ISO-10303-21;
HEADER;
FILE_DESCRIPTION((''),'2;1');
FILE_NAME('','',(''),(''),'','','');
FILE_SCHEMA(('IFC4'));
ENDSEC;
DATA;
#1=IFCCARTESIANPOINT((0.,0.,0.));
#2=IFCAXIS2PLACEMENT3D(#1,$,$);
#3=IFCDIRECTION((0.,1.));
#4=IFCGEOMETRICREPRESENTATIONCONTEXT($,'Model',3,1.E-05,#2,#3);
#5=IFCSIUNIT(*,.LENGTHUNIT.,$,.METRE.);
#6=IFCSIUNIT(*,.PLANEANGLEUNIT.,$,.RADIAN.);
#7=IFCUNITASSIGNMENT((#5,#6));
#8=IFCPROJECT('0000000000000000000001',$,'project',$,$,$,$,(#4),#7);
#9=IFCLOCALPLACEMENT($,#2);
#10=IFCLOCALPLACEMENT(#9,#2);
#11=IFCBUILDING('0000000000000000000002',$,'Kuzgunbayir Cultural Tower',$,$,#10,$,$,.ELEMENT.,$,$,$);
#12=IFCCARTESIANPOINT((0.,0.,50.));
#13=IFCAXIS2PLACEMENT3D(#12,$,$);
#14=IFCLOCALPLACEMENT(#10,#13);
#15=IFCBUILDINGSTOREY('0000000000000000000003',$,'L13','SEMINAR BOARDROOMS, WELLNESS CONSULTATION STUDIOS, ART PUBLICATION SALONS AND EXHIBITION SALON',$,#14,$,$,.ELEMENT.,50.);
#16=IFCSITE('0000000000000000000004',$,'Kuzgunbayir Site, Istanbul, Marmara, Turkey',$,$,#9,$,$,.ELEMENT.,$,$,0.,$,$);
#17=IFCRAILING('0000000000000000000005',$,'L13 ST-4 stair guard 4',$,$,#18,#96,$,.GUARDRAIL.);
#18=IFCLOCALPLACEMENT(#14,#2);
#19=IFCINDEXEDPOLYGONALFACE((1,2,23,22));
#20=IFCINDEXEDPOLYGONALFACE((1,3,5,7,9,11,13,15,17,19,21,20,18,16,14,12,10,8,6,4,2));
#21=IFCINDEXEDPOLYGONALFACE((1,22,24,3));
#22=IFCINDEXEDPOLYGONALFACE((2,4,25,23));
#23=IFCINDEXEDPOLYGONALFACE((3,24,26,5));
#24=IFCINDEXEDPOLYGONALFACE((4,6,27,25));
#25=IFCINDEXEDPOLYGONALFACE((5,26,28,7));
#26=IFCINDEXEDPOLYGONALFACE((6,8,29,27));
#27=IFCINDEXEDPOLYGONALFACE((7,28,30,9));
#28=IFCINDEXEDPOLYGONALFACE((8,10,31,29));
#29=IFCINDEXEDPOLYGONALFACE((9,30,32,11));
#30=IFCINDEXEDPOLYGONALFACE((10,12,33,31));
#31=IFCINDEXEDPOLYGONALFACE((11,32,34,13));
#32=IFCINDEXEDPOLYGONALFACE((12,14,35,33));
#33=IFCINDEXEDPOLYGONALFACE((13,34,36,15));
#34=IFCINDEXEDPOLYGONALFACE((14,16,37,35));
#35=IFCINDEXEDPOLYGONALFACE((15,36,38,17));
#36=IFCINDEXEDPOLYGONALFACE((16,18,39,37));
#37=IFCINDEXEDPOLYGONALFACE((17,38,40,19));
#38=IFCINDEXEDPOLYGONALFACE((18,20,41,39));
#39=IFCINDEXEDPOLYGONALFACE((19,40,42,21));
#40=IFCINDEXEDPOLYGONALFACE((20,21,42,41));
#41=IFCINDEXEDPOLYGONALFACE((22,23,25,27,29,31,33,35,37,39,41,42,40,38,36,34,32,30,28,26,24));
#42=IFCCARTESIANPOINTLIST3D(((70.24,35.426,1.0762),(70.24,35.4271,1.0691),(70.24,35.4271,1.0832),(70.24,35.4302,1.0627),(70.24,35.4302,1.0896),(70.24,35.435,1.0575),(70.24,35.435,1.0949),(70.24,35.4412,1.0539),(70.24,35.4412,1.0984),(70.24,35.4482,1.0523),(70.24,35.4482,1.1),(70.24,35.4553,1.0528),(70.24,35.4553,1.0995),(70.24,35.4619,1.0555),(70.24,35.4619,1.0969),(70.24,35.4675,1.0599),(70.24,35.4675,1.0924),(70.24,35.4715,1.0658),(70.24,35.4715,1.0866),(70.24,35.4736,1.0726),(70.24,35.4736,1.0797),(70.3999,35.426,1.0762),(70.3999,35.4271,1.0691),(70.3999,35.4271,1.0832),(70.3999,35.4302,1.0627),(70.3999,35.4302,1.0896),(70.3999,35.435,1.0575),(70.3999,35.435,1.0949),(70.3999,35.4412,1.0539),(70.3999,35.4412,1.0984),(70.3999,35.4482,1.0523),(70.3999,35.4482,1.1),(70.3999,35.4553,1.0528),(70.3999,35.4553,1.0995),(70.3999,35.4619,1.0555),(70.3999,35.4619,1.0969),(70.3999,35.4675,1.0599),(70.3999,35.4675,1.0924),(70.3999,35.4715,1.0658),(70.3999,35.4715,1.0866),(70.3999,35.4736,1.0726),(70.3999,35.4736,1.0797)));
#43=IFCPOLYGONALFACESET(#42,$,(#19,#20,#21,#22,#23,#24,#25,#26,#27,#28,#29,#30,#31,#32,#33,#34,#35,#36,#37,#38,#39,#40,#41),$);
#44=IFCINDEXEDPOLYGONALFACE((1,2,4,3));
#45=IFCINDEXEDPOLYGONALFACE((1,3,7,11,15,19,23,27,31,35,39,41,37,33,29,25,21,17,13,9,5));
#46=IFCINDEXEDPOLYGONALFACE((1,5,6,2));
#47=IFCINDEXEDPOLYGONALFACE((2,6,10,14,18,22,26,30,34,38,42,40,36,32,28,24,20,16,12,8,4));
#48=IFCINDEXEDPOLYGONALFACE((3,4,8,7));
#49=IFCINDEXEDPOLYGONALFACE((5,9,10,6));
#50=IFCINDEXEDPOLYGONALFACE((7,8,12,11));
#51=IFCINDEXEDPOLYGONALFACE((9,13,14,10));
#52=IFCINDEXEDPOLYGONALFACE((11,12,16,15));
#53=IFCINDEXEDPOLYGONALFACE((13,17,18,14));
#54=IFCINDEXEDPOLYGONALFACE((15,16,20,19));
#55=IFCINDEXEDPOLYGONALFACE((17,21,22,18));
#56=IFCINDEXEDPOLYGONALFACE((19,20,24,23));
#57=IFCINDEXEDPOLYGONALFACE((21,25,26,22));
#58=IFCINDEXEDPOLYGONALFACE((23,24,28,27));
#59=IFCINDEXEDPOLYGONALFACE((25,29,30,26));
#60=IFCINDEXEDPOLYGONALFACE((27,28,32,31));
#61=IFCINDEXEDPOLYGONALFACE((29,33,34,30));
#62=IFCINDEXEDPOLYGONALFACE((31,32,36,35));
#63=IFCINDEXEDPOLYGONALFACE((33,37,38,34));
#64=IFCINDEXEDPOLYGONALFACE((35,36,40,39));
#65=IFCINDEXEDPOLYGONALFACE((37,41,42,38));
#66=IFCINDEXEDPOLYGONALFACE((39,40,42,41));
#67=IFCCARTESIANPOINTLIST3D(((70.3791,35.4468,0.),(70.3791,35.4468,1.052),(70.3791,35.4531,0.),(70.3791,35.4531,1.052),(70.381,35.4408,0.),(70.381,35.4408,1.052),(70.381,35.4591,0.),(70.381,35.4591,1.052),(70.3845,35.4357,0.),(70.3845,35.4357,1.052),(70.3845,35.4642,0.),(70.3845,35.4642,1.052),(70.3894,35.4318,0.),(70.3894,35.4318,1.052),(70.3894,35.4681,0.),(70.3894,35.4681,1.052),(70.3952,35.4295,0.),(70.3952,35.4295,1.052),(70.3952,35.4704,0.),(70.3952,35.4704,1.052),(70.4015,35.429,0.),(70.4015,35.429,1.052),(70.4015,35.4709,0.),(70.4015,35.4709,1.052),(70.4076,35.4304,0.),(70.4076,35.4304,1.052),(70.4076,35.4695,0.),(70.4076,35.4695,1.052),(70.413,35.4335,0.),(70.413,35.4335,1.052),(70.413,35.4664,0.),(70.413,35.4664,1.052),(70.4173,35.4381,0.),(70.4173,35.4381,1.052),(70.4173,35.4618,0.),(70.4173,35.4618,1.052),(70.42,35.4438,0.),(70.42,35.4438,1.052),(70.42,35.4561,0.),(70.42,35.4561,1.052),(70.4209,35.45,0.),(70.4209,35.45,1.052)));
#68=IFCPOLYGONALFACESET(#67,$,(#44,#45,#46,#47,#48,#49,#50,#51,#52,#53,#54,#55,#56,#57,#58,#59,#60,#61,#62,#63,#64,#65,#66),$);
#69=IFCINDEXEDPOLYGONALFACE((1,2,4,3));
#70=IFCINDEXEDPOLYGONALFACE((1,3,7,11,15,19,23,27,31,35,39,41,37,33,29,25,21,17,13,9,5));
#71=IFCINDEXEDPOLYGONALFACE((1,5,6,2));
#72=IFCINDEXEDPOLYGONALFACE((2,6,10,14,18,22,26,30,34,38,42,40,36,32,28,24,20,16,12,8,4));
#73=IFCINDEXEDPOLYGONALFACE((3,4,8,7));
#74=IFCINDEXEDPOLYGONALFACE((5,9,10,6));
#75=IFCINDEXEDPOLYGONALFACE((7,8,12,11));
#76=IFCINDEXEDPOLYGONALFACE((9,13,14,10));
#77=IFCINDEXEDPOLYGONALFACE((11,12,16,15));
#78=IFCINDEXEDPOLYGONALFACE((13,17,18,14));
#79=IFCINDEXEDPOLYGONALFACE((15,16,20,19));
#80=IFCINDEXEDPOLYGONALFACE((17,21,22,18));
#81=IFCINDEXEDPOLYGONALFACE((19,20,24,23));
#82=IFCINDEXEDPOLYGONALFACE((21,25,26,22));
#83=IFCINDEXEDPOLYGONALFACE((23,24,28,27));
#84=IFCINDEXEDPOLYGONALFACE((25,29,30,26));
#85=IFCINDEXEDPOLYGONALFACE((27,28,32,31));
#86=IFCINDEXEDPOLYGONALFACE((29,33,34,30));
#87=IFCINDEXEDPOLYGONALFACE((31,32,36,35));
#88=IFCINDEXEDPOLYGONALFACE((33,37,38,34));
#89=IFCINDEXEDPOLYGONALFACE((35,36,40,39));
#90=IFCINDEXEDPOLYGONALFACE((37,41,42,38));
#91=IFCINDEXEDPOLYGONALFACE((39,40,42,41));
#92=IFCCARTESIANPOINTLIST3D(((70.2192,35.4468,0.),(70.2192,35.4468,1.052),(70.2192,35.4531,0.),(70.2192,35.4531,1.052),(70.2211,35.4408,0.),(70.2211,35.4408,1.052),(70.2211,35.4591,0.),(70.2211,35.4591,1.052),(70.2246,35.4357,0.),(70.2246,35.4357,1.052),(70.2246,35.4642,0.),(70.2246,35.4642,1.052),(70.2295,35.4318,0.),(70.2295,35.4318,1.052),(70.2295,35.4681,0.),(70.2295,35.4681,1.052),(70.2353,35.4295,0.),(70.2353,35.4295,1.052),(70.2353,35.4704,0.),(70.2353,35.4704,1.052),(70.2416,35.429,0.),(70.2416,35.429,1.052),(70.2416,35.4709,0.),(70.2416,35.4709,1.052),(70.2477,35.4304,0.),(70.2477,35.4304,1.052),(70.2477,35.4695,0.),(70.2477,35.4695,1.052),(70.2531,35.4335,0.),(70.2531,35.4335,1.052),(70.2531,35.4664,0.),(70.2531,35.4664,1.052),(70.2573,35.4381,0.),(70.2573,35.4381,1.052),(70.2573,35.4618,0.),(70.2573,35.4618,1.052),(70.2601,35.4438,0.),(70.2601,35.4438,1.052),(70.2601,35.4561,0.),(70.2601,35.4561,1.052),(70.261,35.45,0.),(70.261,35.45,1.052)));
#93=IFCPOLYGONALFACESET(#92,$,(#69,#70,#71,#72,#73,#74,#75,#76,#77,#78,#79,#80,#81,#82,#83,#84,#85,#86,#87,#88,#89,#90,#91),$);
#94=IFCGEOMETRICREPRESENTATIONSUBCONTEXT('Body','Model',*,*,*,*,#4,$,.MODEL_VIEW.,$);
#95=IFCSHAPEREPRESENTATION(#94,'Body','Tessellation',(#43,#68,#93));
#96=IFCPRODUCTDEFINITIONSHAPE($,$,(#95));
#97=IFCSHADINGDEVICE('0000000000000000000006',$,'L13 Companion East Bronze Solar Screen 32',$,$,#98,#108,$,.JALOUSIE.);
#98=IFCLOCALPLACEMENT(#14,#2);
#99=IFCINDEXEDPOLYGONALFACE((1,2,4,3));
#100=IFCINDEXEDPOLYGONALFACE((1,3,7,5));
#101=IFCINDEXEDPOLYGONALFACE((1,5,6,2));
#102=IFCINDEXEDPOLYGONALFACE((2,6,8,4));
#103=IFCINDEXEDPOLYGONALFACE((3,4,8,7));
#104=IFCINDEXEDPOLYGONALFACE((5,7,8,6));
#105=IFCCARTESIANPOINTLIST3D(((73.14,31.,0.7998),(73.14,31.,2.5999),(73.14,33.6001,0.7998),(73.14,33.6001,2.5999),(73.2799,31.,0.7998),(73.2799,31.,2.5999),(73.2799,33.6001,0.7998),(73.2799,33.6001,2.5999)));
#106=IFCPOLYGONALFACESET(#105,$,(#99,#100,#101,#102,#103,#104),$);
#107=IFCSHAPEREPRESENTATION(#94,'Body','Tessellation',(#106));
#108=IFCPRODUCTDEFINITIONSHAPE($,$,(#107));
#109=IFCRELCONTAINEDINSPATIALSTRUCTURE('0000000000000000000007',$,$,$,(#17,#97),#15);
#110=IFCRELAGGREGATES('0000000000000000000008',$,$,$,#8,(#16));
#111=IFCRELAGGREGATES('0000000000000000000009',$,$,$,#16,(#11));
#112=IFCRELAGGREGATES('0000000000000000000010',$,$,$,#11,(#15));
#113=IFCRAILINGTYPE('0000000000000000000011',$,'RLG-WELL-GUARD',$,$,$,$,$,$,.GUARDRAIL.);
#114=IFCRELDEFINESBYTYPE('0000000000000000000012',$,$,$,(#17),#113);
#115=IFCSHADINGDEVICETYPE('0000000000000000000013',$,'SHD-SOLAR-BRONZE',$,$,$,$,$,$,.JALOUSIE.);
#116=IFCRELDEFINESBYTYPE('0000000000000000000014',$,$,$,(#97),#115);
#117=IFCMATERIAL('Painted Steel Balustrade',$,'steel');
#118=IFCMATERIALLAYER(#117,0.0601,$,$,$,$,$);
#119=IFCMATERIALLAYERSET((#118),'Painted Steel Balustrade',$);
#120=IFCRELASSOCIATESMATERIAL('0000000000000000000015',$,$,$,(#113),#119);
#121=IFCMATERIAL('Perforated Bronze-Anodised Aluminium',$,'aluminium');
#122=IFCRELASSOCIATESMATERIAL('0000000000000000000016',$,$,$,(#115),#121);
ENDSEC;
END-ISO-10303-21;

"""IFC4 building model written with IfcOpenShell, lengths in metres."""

from ifc_helpers import new_model, si_unit, direction, frame, origin, origin_2d, place, context, subcontext, project, spatial, rectangle, circle, extrude, material, layer, layer_set, type_object, element, save


model = new_model("IFC4")

# Units and contexts
model_context = context("Model", 3, precision=1e-05, world=origin(), true_north=direction((0.0, 1.0)))
body_context = subcontext(model_context, "Body", "Model", "MODEL_VIEW")
ifc_project = project(units=[si_unit("LENGTHUNIT", "METRE"), si_unit("PLANEANGLEUNIT", "RADIAN")], contexts=[model_context])

# Site, building, storey
site_placement = place(None, origin())
site = spatial("IfcSite", under=ifc_project, at=site_placement, Name="Kuzgunbayir Site, Istanbul, Marmara, Turkey", CompositionType="ELEMENT", RefElevation=0.0)
building_placement = place(site_placement, origin())
building = spatial("IfcBuilding", under=site, at=building_placement, Name="Kuzgunbayir Cultural Tower", CompositionType="ELEMENT")
storey_placement = place(building_placement, frame((0.0, 0.0, 50.0)))
storey = spatial("IfcBuildingStorey", under=building, at=storey_placement, Name="L13", Description="SEMINAR BOARDROOMS, WELLNESS CONSULTATION STUDIOS, ART PUBLICATION SALONS AND EXHIBITION SALON", CompositionType="ELEMENT", Elevation=50.0)

# Railing
ifc_material_1 = material(Name="Painted Steel Balustrade", Category="steel")
ifc_layer_1 = layer(ifc_material_1, 0.0601)
ifc_layer_set_1 = layer_set([ifc_layer_1], Name="Painted Steel Balustrade")
railing_type = type_object("IfcRailingType", Name="RLG-WELL-GUARD", PredefinedType="GUARDRAIL", material=ifc_layer_set_1)
railing_1_placement = place(storey_placement, frame((70.3999, 35.45, 0.0)))
element("IfcRailing", 1, at=railing_1_placement, inside=storey, type_object=railing_type, Name="L13 ST-4 stair guard 4", PredefinedType="GUARDRAIL", context=body_context, shape_type="SweptSolid", body=[
    extrude(circle(Radius=0.0239, at=origin_2d()), frame((0.0, 0.0, 1.0762), z_axis=(-1.0, 0.0, 0.0), x_axis=(0.0, -1.0, 0.0)), (0.0, 0.0, 1.0), 0.1599),
    extrude(circle(Radius=0.021, at=origin_2d()), origin(), (0.0, 0.0, 1.0), 1.052),
    extrude(circle(Radius=0.021, at=origin_2d()), frame((-0.1599, 0.0, 0.0)), (0.0, 0.0, 1.0), 1.052),
])

# Shading device
ifc_material_2 = material(Name="Perforated Bronze-Anodised Aluminium", Category="aluminium")
shading_device_type = type_object("IfcShadingDeviceType", Name="SHD-SOLAR-BRONZE", PredefinedType="JALOUSIE", material=ifc_material_2)
shading_device_placement = place(storey_placement, frame((73.21, 32.3, 0.7998), z_axis=(0.0, 0.0, 1.0), x_axis=(1.0, 0.0, 0.0)))
element("IfcShadingDevice", 2, at=shading_device_placement, inside=storey, type_object=shading_device_type, Name="L13 Companion East Bronze Solar Screen 32", PredefinedType="JALOUSIE", context=body_context, shape_type="SweptSolid", body=[
    extrude(rectangle(XDim=0.1399, YDim=2.6001, at=origin_2d()), origin(), (0.0, 0.0, 1.0), 1.8),
])

save(model, "model.ifc")
